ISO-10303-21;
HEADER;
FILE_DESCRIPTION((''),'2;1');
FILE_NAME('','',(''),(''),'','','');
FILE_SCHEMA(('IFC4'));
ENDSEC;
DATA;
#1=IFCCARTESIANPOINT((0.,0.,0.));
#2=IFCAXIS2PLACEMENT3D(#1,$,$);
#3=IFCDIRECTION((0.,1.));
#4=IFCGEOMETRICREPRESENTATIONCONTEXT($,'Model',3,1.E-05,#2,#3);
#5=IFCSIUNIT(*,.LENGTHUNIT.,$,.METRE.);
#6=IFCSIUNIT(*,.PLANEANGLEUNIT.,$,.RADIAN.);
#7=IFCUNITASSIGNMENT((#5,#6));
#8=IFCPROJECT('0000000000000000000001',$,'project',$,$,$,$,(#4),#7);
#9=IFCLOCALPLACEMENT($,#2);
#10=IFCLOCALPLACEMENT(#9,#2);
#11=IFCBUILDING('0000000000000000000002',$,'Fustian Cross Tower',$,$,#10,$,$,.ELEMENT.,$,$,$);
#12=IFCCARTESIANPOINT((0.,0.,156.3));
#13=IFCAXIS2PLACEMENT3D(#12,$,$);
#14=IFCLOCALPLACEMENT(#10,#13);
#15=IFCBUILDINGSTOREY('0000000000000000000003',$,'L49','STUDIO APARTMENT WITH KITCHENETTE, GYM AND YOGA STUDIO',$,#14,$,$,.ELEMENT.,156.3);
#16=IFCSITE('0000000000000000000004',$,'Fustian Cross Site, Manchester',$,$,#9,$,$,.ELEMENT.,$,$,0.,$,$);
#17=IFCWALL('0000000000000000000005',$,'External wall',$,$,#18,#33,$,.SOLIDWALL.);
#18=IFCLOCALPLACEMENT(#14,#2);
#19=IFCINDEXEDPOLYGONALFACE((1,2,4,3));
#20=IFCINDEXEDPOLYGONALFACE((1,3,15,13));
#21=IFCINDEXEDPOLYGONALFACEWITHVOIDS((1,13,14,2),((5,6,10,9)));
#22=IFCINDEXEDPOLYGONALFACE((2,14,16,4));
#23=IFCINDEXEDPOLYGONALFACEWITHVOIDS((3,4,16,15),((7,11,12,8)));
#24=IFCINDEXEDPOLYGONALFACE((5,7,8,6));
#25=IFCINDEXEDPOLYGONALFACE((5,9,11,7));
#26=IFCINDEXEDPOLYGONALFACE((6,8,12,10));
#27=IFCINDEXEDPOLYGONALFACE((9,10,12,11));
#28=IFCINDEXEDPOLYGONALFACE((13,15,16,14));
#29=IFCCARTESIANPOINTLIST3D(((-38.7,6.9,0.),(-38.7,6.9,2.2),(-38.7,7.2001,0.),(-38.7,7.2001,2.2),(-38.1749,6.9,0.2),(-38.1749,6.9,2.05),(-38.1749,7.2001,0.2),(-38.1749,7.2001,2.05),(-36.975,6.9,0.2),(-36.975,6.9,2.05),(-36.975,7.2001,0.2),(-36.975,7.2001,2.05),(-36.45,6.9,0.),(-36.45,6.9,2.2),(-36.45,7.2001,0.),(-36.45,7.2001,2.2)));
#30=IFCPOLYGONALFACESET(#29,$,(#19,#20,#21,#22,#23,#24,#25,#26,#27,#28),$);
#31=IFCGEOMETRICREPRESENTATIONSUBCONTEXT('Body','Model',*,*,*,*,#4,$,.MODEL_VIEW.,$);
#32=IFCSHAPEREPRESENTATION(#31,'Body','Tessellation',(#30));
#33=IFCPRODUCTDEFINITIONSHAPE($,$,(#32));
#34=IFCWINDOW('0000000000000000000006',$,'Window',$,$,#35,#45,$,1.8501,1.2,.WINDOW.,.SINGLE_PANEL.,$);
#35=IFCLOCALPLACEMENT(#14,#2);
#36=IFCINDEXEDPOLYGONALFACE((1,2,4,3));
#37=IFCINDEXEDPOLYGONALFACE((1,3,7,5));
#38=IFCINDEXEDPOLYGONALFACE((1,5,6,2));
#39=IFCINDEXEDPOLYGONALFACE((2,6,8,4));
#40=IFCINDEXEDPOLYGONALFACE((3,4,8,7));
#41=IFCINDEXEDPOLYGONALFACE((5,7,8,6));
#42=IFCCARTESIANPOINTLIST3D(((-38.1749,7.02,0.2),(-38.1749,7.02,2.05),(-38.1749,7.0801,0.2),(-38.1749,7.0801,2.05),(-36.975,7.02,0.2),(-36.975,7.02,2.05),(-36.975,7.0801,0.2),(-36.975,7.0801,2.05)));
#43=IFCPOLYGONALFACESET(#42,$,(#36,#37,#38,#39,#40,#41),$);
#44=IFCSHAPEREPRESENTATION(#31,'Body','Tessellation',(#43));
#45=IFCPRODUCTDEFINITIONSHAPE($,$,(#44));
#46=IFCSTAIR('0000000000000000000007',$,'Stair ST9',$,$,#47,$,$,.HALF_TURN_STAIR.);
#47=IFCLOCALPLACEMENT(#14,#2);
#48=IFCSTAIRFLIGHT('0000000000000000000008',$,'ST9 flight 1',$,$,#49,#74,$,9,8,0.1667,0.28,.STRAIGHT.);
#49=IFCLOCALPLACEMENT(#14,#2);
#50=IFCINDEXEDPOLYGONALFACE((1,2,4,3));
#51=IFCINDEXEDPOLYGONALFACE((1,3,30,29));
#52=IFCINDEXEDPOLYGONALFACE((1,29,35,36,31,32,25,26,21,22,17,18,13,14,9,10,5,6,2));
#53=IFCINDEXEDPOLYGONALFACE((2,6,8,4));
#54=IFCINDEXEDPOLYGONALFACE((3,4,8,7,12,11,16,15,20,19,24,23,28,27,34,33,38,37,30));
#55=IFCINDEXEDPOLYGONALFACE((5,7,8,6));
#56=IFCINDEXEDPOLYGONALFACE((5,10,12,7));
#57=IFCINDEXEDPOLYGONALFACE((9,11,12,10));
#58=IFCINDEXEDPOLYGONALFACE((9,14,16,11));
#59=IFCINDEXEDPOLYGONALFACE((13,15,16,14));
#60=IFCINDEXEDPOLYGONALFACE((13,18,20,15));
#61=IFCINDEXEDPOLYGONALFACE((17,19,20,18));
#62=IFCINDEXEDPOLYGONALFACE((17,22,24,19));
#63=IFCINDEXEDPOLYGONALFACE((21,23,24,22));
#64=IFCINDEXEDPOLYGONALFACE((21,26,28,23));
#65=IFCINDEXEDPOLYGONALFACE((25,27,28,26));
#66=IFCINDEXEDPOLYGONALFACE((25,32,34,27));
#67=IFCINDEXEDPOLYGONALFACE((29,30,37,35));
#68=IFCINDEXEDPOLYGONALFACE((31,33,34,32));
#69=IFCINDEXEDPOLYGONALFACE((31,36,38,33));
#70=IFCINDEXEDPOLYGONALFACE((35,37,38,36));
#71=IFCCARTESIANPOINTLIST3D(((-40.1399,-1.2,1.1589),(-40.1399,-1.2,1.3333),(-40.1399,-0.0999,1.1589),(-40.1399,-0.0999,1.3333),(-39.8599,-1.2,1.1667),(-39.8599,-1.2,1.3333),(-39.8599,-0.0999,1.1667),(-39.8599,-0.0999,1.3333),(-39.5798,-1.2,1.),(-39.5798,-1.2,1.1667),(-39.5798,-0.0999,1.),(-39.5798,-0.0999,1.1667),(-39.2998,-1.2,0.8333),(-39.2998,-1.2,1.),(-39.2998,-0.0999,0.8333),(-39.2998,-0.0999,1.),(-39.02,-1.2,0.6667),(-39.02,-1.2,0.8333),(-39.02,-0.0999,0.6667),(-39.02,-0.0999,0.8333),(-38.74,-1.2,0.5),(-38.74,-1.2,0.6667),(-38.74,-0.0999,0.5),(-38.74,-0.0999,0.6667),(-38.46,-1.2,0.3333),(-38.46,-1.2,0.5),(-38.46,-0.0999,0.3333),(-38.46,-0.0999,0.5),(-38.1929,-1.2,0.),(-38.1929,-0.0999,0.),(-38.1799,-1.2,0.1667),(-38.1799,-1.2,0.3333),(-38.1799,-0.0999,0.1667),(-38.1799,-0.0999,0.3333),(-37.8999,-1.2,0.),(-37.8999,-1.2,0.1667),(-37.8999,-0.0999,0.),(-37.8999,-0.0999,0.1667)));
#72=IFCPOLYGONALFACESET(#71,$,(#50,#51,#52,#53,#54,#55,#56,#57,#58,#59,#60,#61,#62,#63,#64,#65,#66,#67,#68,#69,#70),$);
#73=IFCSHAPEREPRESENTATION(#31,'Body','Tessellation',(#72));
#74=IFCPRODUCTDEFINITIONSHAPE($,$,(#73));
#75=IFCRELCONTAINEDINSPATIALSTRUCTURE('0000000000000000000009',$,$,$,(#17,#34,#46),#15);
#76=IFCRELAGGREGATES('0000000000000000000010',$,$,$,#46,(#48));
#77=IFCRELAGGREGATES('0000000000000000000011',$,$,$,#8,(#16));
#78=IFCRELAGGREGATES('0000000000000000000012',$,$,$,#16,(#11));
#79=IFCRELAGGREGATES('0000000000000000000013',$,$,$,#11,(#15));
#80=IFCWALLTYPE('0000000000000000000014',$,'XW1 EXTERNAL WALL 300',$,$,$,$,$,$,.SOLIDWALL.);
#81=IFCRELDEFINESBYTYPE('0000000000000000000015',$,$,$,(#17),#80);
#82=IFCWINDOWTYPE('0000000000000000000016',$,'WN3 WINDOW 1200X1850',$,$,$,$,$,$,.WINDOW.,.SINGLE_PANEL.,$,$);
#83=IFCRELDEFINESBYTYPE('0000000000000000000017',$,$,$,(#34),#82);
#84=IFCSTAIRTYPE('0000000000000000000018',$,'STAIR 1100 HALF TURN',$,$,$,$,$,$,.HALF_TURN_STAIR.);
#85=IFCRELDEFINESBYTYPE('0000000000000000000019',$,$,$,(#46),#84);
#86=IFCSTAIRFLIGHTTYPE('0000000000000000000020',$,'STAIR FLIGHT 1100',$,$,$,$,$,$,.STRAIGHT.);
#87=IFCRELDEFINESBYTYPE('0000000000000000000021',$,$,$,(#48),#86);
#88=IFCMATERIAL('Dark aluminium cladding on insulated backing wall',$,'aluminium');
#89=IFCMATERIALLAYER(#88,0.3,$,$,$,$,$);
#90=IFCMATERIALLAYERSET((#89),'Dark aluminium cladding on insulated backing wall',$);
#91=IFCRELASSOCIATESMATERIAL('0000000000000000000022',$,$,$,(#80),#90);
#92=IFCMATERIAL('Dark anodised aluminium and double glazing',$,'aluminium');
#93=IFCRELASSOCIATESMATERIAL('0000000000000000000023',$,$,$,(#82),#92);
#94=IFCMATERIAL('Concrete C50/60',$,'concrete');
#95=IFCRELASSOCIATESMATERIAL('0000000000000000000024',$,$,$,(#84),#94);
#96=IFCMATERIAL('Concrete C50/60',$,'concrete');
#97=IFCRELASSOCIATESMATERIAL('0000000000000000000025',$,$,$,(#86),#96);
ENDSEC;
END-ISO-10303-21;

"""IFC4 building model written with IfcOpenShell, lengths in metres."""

from ifc_helpers import new_model, si_unit, direction, frame, frame_2d, origin, place, context, subcontext, project, spatial, polyline, rectangle, outline, extrude, material, layer, layer_set, type_object, element, fill, aggregate, save


model = new_model("IFC4")

# Units and contexts
model_context = context("Model", 3, precision=1e-05, world=origin(), true_north=direction((0.0, 1.0)))
body_context = subcontext(model_context, "Body", "Model", "MODEL_VIEW")
ifc_project = project(units=[si_unit("LENGTHUNIT", "METRE"), si_unit("PLANEANGLEUNIT", "RADIAN")], contexts=[model_context])

# Site, building, storey
site_placement = place(None, origin())
site = spatial("IfcSite", under=ifc_project, at=site_placement, Name="Fustian Cross Site, Manchester", CompositionType="ELEMENT", RefElevation=0.0)
building_placement = place(site_placement, origin())
building = spatial("IfcBuilding", under=site, at=building_placement, Name="Fustian Cross Tower", CompositionType="ELEMENT")
storey_placement = place(building_placement, frame((0.0, 0.0, 156.3)))
storey = spatial("IfcBuildingStorey", under=building, at=storey_placement, Name="L49", Description="STUDIO APARTMENT WITH KITCHENETTE, GYM AND YOGA STUDIO", CompositionType="ELEMENT", Elevation=156.3)

# Shared definitions
ifc_material_1 = material(Name="Dark aluminium cladding on insulated backing wall", Category="aluminium")
ifc_layer_1 = layer(ifc_material_1, 0.3)
ifc_layer_set_1 = layer_set([ifc_layer_1], Name="Dark aluminium cladding on insulated backing wall")
wall_type_1 = type_object("IfcWallType", Name="XW1 EXTERNAL WALL 300", PredefinedType="SOLIDWALL", material=ifc_layer_set_1)
ifc_material_2 = material(Name="Dark anodised aluminium and double glazing", Category="aluminium")
window_type = type_object("IfcWindowType", Name="WN3 WINDOW 1200X1850", PartitioningType="SINGLE_PANEL", PredefinedType="WINDOW", material=ifc_material_2)

# Wall, opening, window
wall_1_placement = place(storey_placement, frame((-36.45, 7.05, 0.0), z_axis=(0.0, 0.0, 1.0), x_axis=(-1.0, 0.0, 0.0)))
wall_1 = element("IfcWall", 1, at=wall_1_placement, inside=storey, type_object=wall_type_1, Name="External wall", PredefinedType="SOLIDWALL", context=body_context, shape_type="SweptSolid", body=[
    extrude(rectangle(XDim=2.25, YDim=0.3, at=frame_2d((1.125, 0.0))), origin(), (0.0, 0.0, 1.0), 2.2),
])
opening_1_placement = place(wall_1_placement, frame((0.5249, 0.0, 0.2)))
opening_1 = element("IfcOpeningElement", 2, at=opening_1_placement, cuts=wall_1, PredefinedType="OPENING", context=body_context, shape_type="SweptSolid", body=[
    extrude(rectangle(XDim=1.2, YDim=1.8501, at=frame_2d((0.6001, 0.925))), frame((0.0, 0.1599, 0.0), z_axis=(0.0, -1.0, 0.0), x_axis=(1.0, 0.0, 0.0)), (0.0, 0.0, 1.0), 0.3201),
])
window_1_placement = place(opening_1_placement, origin())
window_1 = element("IfcWindow", 3, at=window_1_placement, inside=storey, type_object=window_type, Name="Window", OverallHeight=1.8501, OverallWidth=1.2, PartitioningType="SINGLE_PANEL", PredefinedType="WINDOW", context=body_context, shape_type="SweptSolid", body=[
    extrude(rectangle(XDim=1.2, YDim=1.8501, at=frame_2d((0.6001, 0.925))), frame((0.0, 0.03, 0.0), z_axis=(0.0, -1.0, 0.0), x_axis=(1.0, 0.0, 0.0)), (0.0, 0.0, 1.0), 0.0601),
])
fill(opening_1, window_1)

# Stair, stair flight
ifc_material_3 = material(Name="Concrete C50/60", Category="concrete")
stair_type = type_object("IfcStairType", Name="STAIR 1100 HALF TURN", PredefinedType="HALF_TURN_STAIR", material=ifc_material_3)
stair_placement = place(storey_placement, origin())
stair = element("IfcStair", 4, at=stair_placement, inside=storey, type_object=stair_type, Name="Stair ST9", PredefinedType="HALF_TURN_STAIR")
ifc_material_4 = material(Name="Concrete C50/60", Category="concrete")
stair_flight_type = type_object("IfcStairFlightType", Name="STAIR FLIGHT 1100", PredefinedType="STRAIGHT", material=ifc_material_4)
stair_flight_placement = place(storey_placement, frame((-37.8999, -0.6499, 0.0), z_axis=(0.0, 0.0, 1.0), x_axis=(-1.0, 0.0, 0.0)))
stair_flight = element("IfcStairFlight", 5, at=stair_flight_placement, type_object=stair_flight_type, Name="ST9 flight 1", NumberOfRisers=9, NumberOfTreads=8, PredefinedType="STRAIGHT", RiserHeight=0.1667, TreadLength=0.28, context=body_context, shape_type="SweptSolid", body=[
    extrude(outline(polyline([(0.0, 0.0), (0.0, 0.1667), (0.28, 0.1667), (0.28, 0.3333), (0.5601, 0.3333), (0.5601, 0.5), (0.8401, 0.5), (0.8401, 0.6667), (1.1201, 0.6667), (1.1201, 0.8333), (1.3999, 0.8333), (1.3999, 1.0), (1.6799, 1.0), (1.6799, 1.1667), (1.96, 1.1667), (1.96, 1.3333), (2.24, 1.3333), (2.24, 1.5), (2.24, 1.1589), (0.293, 0.0), (0.0, 0.0)])), frame((0.0, 0.55, 0.0), z_axis=(0.0, -1.0, 0.0), x_axis=(1.0, 0.0, 0.0)), (0.0, 0.0, 1.0), 1.1001),
])
aggregate(stair, [stair_flight])

save(model, "model.ifc")
